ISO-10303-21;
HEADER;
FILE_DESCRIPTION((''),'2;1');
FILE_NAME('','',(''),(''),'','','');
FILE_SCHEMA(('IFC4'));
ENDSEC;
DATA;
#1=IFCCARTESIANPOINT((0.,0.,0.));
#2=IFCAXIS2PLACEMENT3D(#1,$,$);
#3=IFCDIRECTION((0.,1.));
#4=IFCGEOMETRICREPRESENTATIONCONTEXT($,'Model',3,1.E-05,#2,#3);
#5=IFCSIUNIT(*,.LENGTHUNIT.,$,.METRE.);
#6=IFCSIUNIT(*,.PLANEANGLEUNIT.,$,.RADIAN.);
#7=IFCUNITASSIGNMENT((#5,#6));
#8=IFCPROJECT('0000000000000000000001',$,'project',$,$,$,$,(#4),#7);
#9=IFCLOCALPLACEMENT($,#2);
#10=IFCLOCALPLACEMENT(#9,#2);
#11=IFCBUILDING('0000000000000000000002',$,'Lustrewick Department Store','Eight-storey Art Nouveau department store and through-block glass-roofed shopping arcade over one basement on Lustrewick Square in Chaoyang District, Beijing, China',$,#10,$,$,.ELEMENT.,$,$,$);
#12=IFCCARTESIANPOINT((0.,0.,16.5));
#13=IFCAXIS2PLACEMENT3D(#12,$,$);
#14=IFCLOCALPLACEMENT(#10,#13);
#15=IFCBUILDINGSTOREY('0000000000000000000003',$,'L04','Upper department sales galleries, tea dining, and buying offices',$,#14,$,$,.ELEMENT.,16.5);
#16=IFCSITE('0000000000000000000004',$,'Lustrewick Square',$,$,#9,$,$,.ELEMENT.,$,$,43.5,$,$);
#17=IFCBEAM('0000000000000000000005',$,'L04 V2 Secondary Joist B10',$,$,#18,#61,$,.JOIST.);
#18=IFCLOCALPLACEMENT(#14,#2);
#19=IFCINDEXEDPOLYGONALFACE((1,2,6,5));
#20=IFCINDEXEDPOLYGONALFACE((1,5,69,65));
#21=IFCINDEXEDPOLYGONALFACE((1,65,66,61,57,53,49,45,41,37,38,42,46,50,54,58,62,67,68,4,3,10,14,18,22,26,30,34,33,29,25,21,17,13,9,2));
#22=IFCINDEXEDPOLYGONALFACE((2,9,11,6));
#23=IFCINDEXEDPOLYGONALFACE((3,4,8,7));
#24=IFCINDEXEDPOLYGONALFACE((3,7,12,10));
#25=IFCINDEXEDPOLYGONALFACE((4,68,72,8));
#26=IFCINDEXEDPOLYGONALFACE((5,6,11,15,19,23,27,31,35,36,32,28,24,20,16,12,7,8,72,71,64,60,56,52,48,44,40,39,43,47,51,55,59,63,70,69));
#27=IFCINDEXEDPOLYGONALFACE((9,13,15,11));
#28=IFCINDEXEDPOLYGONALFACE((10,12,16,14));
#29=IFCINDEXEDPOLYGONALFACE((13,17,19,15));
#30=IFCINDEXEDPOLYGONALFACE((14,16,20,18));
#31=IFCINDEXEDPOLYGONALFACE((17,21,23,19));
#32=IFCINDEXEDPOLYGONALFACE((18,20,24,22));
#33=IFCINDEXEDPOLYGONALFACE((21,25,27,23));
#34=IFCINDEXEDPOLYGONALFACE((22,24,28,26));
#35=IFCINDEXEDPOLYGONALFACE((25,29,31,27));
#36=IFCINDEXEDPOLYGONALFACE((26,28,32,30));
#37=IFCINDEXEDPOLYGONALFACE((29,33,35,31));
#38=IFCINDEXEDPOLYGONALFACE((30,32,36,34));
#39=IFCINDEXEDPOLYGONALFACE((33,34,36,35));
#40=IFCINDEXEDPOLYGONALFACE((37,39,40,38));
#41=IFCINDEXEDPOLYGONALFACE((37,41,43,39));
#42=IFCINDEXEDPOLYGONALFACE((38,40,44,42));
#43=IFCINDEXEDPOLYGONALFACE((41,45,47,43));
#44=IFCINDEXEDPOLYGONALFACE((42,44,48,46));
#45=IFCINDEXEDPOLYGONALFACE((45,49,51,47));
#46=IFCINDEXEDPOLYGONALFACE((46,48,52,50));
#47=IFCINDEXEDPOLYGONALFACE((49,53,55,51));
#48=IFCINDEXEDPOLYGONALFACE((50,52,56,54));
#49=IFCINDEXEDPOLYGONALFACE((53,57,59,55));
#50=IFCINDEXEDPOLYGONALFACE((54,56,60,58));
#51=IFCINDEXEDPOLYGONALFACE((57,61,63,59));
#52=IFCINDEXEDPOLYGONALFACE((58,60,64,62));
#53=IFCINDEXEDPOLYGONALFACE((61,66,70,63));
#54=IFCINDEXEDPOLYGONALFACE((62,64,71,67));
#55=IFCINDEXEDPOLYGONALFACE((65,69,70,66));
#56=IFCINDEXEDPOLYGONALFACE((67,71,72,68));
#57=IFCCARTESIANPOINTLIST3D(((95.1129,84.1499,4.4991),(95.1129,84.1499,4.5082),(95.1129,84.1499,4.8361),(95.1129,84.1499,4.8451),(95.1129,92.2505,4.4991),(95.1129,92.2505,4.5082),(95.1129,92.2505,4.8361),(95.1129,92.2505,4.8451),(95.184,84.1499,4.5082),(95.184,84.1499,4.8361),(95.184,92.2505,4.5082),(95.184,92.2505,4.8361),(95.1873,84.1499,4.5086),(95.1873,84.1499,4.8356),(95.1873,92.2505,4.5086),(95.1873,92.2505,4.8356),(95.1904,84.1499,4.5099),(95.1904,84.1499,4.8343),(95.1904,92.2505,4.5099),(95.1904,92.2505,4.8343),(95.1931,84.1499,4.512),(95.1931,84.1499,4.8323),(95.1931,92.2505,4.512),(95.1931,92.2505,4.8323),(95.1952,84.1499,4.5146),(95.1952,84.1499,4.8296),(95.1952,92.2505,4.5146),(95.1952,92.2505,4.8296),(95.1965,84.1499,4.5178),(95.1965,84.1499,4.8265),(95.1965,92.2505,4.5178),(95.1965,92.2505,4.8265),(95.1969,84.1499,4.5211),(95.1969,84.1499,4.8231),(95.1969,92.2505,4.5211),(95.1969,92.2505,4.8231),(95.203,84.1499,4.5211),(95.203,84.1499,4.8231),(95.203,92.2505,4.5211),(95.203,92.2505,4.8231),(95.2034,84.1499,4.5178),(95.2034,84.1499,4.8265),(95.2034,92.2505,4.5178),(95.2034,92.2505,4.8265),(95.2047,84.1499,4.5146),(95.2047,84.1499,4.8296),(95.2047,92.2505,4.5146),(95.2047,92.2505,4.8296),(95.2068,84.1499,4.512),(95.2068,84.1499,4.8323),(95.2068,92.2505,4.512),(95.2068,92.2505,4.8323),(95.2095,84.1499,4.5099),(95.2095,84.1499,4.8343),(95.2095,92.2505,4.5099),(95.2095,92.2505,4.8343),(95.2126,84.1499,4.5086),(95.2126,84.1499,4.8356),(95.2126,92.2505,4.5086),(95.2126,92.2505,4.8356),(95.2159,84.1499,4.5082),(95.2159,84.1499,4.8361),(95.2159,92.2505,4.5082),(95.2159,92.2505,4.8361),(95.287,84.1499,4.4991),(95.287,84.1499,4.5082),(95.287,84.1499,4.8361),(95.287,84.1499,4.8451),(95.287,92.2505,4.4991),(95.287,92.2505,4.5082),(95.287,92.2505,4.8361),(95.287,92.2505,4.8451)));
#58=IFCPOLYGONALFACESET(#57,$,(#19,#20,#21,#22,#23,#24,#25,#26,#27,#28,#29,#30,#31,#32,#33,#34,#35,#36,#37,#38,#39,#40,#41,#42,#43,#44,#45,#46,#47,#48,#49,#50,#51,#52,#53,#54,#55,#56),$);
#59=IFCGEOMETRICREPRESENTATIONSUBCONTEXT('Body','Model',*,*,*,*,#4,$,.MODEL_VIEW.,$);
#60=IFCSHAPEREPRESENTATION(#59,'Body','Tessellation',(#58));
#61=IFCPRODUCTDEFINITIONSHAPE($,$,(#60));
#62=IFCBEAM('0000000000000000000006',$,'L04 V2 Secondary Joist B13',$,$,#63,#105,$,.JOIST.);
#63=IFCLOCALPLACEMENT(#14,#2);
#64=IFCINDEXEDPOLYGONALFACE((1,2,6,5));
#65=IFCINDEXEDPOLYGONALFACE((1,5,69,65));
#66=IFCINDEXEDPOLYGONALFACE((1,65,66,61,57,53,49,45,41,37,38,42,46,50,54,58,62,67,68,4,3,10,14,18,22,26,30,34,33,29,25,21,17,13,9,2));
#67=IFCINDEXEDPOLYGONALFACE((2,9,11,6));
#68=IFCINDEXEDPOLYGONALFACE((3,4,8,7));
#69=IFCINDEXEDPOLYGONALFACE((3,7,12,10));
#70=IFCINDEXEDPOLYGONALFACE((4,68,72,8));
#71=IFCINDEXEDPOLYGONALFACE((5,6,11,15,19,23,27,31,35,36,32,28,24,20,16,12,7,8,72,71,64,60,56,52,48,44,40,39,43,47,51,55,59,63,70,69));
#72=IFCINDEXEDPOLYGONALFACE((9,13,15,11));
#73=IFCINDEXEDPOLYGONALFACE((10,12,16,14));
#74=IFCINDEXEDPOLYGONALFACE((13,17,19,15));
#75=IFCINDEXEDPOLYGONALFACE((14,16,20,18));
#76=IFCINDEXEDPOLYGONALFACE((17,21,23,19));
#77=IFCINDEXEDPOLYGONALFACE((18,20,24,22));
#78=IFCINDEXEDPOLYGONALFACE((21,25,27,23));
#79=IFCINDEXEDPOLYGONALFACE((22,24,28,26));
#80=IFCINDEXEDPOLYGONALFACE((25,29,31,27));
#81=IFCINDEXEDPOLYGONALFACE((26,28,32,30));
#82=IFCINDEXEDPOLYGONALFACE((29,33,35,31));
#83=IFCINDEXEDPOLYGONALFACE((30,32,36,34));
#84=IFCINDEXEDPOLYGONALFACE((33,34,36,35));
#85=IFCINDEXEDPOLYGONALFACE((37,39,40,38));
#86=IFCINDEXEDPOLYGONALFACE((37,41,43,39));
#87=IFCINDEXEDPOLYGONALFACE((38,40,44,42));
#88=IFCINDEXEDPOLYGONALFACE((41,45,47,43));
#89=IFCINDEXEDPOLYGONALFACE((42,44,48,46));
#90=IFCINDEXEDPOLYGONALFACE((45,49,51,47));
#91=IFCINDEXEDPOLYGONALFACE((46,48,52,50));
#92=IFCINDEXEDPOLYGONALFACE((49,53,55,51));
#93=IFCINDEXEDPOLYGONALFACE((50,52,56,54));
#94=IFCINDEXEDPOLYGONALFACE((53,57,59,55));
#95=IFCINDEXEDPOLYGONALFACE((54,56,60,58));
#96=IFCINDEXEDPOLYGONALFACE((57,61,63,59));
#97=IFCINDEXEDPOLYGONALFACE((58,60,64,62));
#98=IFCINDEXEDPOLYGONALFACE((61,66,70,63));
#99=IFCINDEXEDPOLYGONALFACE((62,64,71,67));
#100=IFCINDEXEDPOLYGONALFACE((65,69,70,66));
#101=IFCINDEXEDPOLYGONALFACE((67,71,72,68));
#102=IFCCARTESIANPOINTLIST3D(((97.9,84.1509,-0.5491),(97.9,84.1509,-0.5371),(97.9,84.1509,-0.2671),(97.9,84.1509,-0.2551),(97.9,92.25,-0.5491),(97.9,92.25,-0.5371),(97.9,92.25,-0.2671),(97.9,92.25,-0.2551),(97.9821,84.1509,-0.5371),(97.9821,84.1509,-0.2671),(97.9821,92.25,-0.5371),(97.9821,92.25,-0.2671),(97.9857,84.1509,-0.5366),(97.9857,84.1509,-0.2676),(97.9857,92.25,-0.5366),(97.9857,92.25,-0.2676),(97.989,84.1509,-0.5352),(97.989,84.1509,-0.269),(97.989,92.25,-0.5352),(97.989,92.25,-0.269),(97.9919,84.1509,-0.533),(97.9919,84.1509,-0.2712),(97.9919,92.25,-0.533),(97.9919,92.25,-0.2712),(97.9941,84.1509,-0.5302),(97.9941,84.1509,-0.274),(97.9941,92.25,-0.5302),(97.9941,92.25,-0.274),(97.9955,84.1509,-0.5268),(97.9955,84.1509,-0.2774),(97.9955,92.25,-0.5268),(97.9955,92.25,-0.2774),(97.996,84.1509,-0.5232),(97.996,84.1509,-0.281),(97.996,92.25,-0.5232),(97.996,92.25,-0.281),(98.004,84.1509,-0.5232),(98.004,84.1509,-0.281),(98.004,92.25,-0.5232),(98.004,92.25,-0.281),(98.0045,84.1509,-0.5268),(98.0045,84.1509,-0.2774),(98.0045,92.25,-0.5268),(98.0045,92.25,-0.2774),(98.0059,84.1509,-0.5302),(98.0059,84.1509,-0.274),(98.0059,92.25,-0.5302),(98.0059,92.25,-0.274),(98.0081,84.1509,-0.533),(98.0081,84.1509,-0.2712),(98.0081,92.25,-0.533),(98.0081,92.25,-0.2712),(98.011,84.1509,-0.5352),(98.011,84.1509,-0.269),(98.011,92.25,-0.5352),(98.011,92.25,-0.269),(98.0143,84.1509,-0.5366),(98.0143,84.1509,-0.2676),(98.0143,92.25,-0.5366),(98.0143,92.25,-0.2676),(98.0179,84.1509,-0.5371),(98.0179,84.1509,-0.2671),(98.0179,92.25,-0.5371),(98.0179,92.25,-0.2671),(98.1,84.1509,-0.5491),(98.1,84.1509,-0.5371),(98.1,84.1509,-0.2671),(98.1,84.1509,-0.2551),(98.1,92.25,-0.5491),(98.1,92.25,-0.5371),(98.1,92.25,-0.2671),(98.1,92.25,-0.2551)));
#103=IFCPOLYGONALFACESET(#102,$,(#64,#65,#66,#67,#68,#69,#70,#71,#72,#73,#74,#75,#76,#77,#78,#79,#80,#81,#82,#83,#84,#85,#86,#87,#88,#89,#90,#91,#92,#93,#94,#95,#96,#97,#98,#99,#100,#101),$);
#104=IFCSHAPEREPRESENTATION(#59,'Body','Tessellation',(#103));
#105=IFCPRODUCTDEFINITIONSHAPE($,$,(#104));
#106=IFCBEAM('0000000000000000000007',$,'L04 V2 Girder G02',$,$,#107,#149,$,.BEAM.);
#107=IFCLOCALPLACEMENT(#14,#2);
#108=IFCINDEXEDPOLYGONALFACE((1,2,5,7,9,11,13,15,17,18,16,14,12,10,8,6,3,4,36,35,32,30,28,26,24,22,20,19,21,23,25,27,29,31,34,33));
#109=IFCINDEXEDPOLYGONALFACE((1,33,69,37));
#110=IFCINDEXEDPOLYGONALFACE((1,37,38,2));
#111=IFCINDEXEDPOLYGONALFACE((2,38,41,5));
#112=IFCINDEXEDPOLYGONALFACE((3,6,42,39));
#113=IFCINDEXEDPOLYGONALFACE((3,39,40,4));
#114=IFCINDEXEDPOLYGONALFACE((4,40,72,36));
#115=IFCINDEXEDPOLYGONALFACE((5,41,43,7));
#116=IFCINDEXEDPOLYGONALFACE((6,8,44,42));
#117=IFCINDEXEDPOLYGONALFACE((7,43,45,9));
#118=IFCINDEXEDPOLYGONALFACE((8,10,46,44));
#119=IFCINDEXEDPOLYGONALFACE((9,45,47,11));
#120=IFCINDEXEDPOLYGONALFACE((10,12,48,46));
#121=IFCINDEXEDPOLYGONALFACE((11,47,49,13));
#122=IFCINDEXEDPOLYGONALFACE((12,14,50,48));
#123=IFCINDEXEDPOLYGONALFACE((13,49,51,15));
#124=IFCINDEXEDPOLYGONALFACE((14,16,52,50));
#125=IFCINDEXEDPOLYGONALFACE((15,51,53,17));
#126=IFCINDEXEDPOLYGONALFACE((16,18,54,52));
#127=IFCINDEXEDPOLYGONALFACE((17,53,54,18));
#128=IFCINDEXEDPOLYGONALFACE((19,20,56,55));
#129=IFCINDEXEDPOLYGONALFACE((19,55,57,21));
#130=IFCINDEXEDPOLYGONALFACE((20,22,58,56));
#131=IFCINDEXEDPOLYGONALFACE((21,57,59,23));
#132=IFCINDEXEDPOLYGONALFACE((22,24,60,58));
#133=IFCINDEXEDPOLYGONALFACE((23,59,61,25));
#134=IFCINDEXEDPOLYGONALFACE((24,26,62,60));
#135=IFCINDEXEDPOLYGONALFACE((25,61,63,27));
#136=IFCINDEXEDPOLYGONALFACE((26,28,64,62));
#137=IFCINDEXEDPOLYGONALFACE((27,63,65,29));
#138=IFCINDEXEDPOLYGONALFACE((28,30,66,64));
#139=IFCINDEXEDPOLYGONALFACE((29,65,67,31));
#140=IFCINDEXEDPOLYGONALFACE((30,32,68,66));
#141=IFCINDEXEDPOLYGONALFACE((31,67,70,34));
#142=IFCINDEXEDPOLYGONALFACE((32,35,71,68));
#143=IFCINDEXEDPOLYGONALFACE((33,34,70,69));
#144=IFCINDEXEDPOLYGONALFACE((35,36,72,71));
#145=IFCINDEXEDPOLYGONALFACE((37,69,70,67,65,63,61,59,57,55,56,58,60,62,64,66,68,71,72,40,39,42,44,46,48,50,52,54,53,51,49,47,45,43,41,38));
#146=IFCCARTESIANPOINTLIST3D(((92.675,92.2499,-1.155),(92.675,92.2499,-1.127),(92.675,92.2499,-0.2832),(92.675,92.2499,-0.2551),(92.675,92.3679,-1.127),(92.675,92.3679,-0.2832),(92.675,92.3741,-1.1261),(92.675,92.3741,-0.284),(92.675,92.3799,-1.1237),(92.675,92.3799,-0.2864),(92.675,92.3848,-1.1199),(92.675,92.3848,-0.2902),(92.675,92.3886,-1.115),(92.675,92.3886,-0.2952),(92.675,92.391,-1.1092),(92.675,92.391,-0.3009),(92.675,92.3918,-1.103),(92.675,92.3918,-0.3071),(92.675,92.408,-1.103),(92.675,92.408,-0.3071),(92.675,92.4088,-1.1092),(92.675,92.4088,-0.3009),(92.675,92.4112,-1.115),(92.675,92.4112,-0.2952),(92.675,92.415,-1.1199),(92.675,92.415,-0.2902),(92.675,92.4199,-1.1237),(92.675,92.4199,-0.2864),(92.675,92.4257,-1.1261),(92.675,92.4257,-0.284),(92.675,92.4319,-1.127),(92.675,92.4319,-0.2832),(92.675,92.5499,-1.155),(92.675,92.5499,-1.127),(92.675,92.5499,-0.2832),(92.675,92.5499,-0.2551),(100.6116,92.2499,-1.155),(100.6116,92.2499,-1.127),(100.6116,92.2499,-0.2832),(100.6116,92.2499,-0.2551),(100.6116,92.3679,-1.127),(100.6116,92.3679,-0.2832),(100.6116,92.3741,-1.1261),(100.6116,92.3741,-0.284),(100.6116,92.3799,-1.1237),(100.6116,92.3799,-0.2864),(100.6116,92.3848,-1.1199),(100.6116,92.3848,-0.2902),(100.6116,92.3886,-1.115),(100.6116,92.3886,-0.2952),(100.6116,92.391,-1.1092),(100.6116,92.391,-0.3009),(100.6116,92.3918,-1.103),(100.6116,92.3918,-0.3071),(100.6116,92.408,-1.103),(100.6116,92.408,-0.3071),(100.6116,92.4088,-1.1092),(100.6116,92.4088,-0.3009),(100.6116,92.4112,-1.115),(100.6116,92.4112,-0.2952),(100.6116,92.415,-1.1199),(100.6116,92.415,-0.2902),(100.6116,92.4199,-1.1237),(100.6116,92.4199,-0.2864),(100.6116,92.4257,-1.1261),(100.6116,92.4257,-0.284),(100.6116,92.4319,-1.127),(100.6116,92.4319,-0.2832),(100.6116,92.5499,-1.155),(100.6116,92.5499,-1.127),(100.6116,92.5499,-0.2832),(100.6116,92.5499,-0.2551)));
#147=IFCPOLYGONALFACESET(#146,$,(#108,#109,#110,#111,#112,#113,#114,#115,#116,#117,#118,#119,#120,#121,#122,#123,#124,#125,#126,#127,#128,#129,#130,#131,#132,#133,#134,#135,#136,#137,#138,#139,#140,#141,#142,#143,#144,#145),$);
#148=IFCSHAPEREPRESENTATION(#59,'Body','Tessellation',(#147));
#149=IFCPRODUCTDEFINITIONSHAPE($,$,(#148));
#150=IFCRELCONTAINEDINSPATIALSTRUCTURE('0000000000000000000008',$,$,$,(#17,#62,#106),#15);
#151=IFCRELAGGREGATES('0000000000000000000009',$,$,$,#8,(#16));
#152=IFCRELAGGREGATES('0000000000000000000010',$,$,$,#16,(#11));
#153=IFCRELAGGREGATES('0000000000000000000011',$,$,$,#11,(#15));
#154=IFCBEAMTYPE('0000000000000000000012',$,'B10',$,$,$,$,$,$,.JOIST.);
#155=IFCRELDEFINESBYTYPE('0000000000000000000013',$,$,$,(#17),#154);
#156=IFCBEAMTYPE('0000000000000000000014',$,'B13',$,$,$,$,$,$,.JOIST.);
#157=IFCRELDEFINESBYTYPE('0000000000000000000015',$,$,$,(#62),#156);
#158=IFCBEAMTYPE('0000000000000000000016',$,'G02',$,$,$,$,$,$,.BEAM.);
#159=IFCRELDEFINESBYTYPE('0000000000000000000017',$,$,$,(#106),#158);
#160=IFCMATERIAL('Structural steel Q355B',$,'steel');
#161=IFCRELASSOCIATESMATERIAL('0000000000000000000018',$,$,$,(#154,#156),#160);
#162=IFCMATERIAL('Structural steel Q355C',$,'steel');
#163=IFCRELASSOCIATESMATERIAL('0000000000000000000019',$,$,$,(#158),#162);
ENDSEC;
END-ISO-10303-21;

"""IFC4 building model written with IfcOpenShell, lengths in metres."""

from ifc_helpers import new_model, si_unit, direction, frame, origin, origin_2d, place, context, subcontext, project, spatial, i_section, extrude, material, material_profile, profile_set, type_object, element, save


model = new_model("IFC4")

# Units and contexts
model_context = context("Model", 3, precision=1e-05, world=origin(), true_north=direction((0.0, 1.0)))
body_context = subcontext(model_context, "Body", "Model", "MODEL_VIEW")
ifc_project = project(units=[si_unit("LENGTHUNIT", "METRE"), si_unit("PLANEANGLEUNIT", "RADIAN")], contexts=[model_context])

# Site, building, storey
site_placement = place(None, origin())
site = spatial("IfcSite", under=ifc_project, at=site_placement, Name="Lustrewick Square", CompositionType="ELEMENT", RefElevation=43.5)
building_placement = place(site_placement, origin())
building = spatial("IfcBuilding", under=site, at=building_placement, Name="Lustrewick Department Store", Description="Eight-storey Art Nouveau department store and through-block glass-roofed shopping arcade over one basement on Lustrewick Square in Chaoyang District, Beijing, China", CompositionType="ELEMENT")
storey_placement = place(building_placement, frame((0.0, 0.0, 16.5)))
storey = spatial("IfcBuildingStorey", under=building, at=storey_placement, Name="L04", Description="Upper department sales galleries, tea dining, and buying offices", CompositionType="ELEMENT", Elevation=16.5)

# Shared definitions
ifc_material_1 = material(Name="Structural steel Q355C", Category="steel")
ifc_material_2 = material(Name="Structural steel Q355B", Category="steel")

# Beams
ifc_material_profile_1 = material_profile(ifc_material_2, i_section(OverallWidth=0.1741, OverallDepth=0.3459, WebThickness=0.0061, FlangeThickness=0.009, FilletRadius=0.0129, at=origin_2d()), Name="HN 346x174x6x9")
ifc_profile_set_1 = profile_set([ifc_material_profile_1], Name="Structural steel Q355B")
beam_type_1 = type_object("IfcBeamType", Name="B10", PredefinedType="JOIST", material=ifc_profile_set_1)
beam_1_placement = place(storey_placement, frame((95.2, 84.1499, 4.6721), z_axis=(0.0, 1.0, 0.0), x_axis=(-1.0, 0.0, 0.0)))
element("IfcBeam", 1, at=beam_1_placement, inside=storey, type_object=beam_type_1, Name="L04 V2 Secondary Joist B10", PredefinedType="JOIST", context=body_context, shape_type="SweptSolid", body=[
    extrude(i_section(OverallWidth=0.1741, OverallDepth=0.3459, WebThickness=0.0061, FlangeThickness=0.009, FilletRadius=0.0129, at=origin_2d()), origin(), (0.0, 0.0, 1.0), 8.1006),
])
ifc_material_profile_2 = material_profile(ifc_material_2, i_section(OverallWidth=0.2, OverallDepth=0.2939, WebThickness=0.0081, FlangeThickness=0.012, FilletRadius=0.0139, at=origin_2d()), Name="HM 294x200x8x12")
ifc_profile_set_2 = profile_set([ifc_material_profile_2], Name="Structural steel Q355B")
beam_type_2 = type_object("IfcBeamType", Name="B13", PredefinedType="JOIST", material=ifc_profile_set_2)
beam_2_placement = place(storey_placement, frame((98.0, 84.1509, -0.4021), z_axis=(0.0, 1.0, 0.0), x_axis=(-1.0, 0.0, 0.0)))
element("IfcBeam", 2, at=beam_2_placement, inside=storey, type_object=beam_type_2, Name="L04 V2 Secondary Joist B13", PredefinedType="JOIST", context=body_context, shape_type="SweptSolid", body=[
    extrude(i_section(OverallWidth=0.2, OverallDepth=0.2939, WebThickness=0.0081, FlangeThickness=0.012, FilletRadius=0.0139, at=origin_2d()), origin(), (0.0, 0.0, 1.0), 8.0991),
])
ifc_material_profile_3 = material_profile(ifc_material_1, i_section(OverallWidth=0.3, OverallDepth=0.8999, WebThickness=0.0161, FlangeThickness=0.0281, FilletRadius=0.0239, at=origin_2d()), Name="HN 900x300x16x28")
ifc_profile_set_3 = profile_set([ifc_material_profile_3], Name="Structural steel Q355C")
beam_type_3 = type_object("IfcBeamType", Name="G02", PredefinedType="BEAM", material=ifc_profile_set_3)
beam_3_placement = place(storey_placement, frame((92.675, 92.3999, -0.7051), z_axis=(1.0, 0.0, 0.0), x_axis=(0.0, 1.0, 0.0)))
element("IfcBeam", 3, at=beam_3_placement, inside=storey, type_object=beam_type_3, Name="L04 V2 Girder G02", PredefinedType="BEAM", context=body_context, shape_type="SweptSolid", body=[
    extrude(i_section(OverallWidth=0.3, OverallDepth=0.8999, WebThickness=0.0161, FlangeThickness=0.0281, FilletRadius=0.0239, at=origin_2d()), origin(), (0.0, 0.0, 1.0), 7.9365),
])

save(model, "model.ifc")
